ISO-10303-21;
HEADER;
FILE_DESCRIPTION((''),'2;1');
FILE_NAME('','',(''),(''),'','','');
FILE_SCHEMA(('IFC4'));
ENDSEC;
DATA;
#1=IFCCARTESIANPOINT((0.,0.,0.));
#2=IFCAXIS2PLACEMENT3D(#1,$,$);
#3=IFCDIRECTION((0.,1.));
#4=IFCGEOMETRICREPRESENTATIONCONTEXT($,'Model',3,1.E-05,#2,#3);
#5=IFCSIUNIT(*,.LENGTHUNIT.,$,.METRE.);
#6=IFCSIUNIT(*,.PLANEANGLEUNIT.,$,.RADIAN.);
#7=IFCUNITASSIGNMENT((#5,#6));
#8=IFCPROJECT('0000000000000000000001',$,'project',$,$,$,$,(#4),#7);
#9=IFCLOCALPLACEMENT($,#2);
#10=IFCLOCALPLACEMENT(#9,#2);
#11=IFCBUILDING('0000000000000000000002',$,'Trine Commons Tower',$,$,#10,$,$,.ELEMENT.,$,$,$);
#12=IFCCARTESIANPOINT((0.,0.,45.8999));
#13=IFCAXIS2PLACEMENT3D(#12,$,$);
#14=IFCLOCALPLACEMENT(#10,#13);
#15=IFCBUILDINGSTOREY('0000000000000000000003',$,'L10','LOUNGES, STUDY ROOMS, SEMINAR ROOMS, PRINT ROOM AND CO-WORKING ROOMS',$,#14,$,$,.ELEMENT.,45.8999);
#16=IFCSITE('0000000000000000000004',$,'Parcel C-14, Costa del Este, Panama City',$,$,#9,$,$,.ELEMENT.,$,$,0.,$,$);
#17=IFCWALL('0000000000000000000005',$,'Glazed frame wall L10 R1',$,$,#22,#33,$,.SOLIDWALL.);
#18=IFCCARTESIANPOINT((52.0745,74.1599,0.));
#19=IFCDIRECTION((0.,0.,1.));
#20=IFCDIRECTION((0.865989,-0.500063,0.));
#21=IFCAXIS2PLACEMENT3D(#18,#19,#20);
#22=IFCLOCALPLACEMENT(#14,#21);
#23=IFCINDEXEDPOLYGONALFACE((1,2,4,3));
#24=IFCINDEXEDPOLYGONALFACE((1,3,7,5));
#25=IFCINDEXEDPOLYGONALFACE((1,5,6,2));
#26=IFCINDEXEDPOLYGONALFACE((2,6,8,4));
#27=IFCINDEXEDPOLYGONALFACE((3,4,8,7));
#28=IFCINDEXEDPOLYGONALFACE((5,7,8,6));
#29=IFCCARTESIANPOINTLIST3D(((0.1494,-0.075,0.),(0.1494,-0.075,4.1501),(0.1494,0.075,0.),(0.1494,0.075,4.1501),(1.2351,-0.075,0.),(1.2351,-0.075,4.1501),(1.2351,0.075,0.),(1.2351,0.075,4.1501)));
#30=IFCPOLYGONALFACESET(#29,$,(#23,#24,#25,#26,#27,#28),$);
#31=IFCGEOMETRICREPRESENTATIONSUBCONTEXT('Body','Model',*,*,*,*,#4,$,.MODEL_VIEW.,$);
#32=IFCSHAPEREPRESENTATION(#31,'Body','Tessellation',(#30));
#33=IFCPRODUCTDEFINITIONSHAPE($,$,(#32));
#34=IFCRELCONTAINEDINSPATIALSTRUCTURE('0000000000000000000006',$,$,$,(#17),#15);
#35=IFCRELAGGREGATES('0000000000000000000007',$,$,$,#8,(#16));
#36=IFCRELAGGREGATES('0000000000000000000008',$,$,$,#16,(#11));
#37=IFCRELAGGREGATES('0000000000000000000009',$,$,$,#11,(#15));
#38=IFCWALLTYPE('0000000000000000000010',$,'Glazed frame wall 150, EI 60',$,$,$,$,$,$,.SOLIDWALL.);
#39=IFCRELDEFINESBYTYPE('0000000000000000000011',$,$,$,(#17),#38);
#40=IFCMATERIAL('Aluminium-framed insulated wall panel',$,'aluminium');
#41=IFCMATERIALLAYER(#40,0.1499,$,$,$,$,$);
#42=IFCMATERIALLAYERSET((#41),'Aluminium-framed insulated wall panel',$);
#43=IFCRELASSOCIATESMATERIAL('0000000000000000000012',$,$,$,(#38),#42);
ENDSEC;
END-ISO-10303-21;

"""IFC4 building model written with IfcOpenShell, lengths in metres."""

from ifc_helpers import new_model, si_unit, direction, frame, origin, place, context, subcontext, project, spatial, polyline, outline, extrude, material, layer, layer_set, type_object, element, save


model = new_model("IFC4")

# Units and contexts
model_context = context("Model", 3, precision=1e-05, world=origin(), true_north=direction((0.0, 1.0)))
body_context = subcontext(model_context, "Body", "Model", "MODEL_VIEW")
ifc_project = project(units=[si_unit("LENGTHUNIT", "METRE"), si_unit("PLANEANGLEUNIT", "RADIAN")], contexts=[model_context])

# Site, building, storey
site_placement = place(None, origin())
site = spatial("IfcSite", under=ifc_project, at=site_placement, Name="Parcel C-14, Costa del Este, Panama City", CompositionType="ELEMENT", RefElevation=0.0)
building_placement = place(site_placement, origin())
building = spatial("IfcBuilding", under=site, at=building_placement, Name="Trine Commons Tower", CompositionType="ELEMENT")
storey_placement = place(building_placement, frame((0.0, 0.0, 45.8999)))
storey = spatial("IfcBuildingStorey", under=building, at=storey_placement, Name="L10", Description="LOUNGES, STUDY ROOMS, SEMINAR ROOMS, PRINT ROOM AND CO-WORKING ROOMS", CompositionType="ELEMENT", Elevation=45.8999)

# Wall
ifc_material_1 = material(Name="Aluminium-framed insulated wall panel", Category="aluminium")
ifc_layer_1 = layer(ifc_material_1, 0.1499)
ifc_layer_set_1 = layer_set([ifc_layer_1], Name="Aluminium-framed insulated wall panel")
wall_type_1 = type_object("IfcWallType", Name="Glazed frame wall 150, EI 60", PredefinedType="SOLIDWALL", material=ifc_layer_set_1)
wall_1_placement = place(storey_placement, frame((52.0745, 74.1599, 0.0), z_axis=(0.0, 0.0, 1.0), x_axis=(0.865989, -0.500063, 0.0)))
element("IfcWall", 1, at=wall_1_placement, inside=storey, type_object=wall_type_1, Name="Glazed frame wall L10 R1", PredefinedType="SOLIDWALL", context=body_context, shape_type="SweptSolid", body=[
    extrude(outline(polyline([(0.1494, 0.075), (0.1494, -0.075), (1.2351, -0.075), (1.2351, 0.075), (0.1494, 0.075)])), origin(), (0.0, 0.0, 1.0), 4.1501),
])

save(model, "model.ifc")
